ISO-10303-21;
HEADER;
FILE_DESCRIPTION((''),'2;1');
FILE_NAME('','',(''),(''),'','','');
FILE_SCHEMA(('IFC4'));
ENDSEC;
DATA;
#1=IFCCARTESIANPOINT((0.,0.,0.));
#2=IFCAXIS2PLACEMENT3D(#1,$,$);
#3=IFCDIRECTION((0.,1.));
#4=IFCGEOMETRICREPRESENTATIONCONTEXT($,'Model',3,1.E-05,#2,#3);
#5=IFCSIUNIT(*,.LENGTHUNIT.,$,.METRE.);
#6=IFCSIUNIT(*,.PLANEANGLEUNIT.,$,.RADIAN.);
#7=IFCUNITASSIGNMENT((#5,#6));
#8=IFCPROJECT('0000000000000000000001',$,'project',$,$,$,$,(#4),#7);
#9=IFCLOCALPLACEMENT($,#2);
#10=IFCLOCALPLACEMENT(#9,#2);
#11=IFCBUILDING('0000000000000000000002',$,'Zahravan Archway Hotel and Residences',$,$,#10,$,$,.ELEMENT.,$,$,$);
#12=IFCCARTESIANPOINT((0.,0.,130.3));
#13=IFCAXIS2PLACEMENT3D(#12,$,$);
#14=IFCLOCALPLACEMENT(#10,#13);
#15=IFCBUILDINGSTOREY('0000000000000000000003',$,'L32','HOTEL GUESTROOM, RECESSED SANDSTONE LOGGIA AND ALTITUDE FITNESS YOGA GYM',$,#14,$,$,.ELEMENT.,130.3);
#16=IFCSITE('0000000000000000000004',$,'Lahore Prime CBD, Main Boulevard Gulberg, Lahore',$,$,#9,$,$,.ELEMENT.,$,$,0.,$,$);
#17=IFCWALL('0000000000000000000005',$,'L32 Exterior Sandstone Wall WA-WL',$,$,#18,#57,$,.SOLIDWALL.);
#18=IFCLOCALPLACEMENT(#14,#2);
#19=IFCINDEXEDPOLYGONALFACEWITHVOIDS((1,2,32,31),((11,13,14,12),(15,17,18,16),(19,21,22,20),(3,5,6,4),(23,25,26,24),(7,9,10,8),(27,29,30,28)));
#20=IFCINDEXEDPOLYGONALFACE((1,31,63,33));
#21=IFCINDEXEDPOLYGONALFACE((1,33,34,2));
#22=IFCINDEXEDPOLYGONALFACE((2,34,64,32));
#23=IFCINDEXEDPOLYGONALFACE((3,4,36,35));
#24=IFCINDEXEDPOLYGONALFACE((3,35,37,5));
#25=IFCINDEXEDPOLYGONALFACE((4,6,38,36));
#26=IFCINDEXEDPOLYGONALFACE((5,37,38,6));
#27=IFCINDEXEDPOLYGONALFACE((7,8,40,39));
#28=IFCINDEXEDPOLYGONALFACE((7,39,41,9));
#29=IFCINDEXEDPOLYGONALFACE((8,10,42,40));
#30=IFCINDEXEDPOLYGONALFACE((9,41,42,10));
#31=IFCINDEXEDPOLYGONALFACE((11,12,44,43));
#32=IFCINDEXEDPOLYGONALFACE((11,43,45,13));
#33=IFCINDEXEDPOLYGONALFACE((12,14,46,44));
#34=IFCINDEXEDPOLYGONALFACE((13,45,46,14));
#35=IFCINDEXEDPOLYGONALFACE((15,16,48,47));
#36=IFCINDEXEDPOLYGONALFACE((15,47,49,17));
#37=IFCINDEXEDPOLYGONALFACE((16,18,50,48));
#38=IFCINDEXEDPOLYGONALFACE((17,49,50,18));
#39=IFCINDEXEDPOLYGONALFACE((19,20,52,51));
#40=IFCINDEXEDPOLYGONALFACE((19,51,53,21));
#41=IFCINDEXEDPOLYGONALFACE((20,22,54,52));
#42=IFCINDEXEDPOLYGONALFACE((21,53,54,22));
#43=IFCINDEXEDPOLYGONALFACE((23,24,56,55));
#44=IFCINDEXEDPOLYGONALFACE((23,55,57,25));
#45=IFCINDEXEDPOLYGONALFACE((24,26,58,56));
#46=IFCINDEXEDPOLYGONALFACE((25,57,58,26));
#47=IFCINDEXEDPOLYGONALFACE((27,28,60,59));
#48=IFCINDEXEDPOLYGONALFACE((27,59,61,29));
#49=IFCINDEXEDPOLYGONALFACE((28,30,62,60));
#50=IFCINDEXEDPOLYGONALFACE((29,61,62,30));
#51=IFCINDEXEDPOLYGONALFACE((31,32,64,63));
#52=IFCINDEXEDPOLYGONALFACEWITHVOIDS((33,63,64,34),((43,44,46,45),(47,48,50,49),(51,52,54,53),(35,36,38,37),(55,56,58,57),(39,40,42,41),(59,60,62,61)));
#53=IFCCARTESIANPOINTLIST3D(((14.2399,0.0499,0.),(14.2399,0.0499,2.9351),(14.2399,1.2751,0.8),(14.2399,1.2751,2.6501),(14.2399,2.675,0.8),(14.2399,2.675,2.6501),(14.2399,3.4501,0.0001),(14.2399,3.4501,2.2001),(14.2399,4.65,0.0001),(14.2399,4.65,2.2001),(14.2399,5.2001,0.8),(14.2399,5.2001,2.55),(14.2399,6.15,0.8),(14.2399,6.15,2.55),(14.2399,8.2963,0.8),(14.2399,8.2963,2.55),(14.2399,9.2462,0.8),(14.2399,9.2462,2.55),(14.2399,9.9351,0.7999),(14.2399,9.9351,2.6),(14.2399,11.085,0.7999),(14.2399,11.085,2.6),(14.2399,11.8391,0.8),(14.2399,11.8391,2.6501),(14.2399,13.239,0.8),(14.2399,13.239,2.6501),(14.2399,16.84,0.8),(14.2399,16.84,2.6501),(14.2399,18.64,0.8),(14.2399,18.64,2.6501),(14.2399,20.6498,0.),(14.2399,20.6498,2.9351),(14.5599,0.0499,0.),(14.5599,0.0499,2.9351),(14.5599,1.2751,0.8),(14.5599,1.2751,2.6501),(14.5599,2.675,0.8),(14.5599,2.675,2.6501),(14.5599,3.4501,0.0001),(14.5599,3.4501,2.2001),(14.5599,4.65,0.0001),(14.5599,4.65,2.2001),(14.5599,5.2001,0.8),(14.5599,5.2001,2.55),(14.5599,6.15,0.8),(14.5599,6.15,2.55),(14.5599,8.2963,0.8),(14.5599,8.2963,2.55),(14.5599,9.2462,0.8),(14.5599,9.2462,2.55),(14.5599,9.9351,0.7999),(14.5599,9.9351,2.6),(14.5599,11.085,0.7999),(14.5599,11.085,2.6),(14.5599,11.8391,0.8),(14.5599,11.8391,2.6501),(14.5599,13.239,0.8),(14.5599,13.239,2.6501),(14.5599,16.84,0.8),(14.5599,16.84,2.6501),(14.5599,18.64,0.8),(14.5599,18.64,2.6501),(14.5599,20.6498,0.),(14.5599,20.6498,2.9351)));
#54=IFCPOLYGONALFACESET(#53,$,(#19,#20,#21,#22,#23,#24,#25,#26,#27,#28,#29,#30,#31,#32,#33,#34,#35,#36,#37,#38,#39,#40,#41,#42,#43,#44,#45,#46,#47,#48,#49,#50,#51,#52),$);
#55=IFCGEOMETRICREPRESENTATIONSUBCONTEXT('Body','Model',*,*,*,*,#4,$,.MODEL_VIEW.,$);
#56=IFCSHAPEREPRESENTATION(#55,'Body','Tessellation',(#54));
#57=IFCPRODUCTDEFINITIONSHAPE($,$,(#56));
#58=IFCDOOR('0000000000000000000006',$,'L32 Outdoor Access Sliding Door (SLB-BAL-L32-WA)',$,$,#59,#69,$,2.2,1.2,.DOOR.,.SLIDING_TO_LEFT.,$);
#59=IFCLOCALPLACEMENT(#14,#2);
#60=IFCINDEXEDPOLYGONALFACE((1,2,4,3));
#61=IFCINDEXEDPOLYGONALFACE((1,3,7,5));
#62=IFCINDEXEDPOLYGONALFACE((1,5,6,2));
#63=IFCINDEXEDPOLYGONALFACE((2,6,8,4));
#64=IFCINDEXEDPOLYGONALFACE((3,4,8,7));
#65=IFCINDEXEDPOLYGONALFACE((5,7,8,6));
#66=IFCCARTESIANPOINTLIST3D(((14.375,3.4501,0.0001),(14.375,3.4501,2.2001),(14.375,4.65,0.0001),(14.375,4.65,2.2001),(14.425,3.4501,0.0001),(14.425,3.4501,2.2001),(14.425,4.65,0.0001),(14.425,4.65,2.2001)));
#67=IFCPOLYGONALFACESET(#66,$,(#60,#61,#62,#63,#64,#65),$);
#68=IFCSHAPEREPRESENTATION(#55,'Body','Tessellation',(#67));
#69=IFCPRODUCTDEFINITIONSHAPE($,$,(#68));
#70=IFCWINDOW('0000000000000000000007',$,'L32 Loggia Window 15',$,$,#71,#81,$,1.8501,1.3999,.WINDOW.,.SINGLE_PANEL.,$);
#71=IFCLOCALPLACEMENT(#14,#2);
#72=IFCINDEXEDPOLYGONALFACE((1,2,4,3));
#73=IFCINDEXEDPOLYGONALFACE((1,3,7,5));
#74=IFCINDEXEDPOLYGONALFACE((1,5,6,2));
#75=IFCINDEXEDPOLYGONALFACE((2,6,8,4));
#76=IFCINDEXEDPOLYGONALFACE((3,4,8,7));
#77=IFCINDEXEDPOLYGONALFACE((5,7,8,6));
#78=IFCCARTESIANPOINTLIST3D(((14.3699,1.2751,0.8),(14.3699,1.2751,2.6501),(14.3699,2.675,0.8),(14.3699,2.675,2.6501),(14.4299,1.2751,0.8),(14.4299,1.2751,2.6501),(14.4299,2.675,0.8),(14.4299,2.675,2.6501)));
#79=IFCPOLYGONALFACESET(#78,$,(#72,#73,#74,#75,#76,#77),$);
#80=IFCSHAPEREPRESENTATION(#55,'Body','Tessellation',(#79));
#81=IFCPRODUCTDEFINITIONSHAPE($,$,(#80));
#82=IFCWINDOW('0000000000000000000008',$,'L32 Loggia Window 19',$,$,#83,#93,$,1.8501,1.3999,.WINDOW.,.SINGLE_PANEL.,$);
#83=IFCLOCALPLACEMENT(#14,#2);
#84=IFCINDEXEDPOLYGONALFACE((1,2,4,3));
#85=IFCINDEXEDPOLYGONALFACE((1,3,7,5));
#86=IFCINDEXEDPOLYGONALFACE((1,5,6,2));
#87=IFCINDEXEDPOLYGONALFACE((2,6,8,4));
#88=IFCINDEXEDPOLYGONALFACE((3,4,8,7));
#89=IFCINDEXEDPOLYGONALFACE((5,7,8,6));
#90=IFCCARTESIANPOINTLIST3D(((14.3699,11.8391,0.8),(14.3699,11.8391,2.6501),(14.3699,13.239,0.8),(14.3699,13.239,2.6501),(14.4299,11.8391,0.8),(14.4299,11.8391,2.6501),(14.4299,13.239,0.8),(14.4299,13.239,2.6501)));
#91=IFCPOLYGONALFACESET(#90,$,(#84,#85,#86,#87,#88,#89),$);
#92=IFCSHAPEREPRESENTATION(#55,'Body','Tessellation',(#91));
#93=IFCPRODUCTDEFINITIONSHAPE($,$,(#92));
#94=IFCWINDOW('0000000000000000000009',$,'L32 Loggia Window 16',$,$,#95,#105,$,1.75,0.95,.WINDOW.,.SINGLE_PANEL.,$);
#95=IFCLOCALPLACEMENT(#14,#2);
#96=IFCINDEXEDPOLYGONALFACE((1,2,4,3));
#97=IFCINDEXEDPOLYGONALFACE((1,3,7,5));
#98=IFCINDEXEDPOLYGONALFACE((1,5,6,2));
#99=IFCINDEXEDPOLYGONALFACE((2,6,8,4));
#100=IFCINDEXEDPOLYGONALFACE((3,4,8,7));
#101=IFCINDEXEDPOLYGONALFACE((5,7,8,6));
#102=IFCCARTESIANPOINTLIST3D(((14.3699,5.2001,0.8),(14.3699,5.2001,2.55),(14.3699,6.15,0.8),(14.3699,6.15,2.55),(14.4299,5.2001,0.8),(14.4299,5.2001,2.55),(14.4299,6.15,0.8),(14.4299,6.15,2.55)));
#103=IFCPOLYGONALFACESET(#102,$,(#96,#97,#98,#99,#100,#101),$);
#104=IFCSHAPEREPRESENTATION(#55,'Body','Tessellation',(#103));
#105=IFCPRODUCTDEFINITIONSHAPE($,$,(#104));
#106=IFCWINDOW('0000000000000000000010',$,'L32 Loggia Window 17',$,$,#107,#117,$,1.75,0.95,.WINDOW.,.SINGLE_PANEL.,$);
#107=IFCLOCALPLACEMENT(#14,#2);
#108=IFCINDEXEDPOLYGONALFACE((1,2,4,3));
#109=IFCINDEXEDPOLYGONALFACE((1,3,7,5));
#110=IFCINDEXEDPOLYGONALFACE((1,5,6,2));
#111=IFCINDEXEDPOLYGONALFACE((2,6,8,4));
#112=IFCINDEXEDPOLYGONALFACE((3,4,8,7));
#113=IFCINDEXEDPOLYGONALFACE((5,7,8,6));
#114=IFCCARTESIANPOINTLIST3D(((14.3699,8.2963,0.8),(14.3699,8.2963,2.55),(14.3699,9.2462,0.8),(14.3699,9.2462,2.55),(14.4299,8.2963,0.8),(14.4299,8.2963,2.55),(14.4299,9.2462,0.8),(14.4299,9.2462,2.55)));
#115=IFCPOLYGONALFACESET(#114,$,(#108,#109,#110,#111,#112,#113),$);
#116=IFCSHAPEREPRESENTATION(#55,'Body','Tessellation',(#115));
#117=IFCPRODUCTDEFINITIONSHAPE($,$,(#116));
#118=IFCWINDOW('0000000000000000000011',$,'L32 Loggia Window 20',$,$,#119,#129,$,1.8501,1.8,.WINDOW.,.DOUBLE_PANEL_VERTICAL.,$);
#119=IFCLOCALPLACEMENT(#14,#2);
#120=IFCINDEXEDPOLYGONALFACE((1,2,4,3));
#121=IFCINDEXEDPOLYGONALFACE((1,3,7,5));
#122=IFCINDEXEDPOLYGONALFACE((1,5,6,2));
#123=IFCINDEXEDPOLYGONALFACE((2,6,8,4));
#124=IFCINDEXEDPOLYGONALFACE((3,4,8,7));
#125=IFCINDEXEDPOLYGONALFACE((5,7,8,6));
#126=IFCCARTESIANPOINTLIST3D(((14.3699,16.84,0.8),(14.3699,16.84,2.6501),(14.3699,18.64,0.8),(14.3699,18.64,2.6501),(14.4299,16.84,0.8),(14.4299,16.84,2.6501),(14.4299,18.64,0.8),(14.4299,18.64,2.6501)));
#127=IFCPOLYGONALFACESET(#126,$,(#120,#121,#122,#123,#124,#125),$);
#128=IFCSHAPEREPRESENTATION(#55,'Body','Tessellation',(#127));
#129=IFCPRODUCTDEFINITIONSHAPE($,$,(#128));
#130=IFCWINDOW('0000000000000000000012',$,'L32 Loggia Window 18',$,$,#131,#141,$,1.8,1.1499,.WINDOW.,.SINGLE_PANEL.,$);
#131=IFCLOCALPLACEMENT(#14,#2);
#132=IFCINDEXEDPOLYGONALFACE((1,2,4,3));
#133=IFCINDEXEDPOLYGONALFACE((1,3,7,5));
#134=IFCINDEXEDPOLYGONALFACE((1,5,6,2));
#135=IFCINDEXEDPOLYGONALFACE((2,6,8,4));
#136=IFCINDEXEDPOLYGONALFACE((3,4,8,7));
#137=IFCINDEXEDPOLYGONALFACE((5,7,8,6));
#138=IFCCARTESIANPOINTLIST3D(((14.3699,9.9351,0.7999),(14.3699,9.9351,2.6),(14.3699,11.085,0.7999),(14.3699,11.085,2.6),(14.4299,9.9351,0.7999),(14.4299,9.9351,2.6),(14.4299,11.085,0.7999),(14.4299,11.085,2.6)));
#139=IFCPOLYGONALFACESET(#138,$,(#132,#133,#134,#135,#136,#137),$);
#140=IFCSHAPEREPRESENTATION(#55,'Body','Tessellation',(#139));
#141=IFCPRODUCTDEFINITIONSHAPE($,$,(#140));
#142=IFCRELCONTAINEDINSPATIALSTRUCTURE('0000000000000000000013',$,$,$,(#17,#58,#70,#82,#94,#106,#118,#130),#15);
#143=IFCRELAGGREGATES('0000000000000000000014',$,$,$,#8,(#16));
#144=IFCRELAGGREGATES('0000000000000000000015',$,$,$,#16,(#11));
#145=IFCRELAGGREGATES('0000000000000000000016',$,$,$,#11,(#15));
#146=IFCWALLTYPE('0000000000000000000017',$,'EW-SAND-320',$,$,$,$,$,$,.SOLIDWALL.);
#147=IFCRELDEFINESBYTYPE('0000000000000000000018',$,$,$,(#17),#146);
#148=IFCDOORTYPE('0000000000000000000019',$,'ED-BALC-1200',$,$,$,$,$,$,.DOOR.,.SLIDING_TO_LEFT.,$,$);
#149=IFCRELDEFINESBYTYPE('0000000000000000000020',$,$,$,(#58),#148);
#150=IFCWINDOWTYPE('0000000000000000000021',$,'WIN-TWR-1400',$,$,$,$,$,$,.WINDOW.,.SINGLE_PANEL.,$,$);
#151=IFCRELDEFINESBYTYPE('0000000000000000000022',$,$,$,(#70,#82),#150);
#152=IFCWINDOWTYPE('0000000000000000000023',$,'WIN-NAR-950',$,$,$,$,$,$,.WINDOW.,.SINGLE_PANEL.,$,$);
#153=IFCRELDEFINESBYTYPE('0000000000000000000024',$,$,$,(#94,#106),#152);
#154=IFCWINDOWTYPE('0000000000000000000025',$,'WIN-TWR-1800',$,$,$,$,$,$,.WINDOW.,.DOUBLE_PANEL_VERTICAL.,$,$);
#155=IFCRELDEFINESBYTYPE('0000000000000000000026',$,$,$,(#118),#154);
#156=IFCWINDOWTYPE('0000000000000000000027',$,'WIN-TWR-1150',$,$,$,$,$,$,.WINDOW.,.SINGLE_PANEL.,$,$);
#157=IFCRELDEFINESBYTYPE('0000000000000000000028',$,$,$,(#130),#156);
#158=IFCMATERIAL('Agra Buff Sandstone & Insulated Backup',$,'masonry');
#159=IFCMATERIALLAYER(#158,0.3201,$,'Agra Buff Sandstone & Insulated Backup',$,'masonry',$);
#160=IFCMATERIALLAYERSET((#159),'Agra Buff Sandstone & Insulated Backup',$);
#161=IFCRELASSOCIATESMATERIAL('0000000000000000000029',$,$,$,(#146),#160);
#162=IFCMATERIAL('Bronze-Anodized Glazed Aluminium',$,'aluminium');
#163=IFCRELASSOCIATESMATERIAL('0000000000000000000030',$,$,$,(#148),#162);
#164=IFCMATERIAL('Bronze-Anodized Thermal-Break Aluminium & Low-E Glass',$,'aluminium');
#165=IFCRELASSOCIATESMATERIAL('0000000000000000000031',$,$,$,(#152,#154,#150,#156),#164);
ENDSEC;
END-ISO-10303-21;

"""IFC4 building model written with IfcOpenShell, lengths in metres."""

from ifc_helpers import new_model, si_unit, direction, frame, frame_2d, origin, place, context, subcontext, project, spatial, rectangle, extrude, source, transform, mapped, material, layer, layer_set, type_object, type_shapes, element, fill, save


model = new_model("IFC4")

# Units and contexts
model_context = context("Model", 3, precision=1e-05, world=origin(), true_north=direction((0.0, 1.0)))
body_context = subcontext(model_context, "Body", "Model", "MODEL_VIEW")
ifc_project = project(units=[si_unit("LENGTHUNIT", "METRE"), si_unit("PLANEANGLEUNIT", "RADIAN")], contexts=[model_context])

# Site, building, storey
site_placement = place(None, origin())
site = spatial("IfcSite", under=ifc_project, at=site_placement, Name="Lahore Prime CBD, Main Boulevard Gulberg, Lahore", CompositionType="ELEMENT", RefElevation=0.0)
building_placement = place(site_placement, origin())
building = spatial("IfcBuilding", under=site, at=building_placement, Name="Zahravan Archway Hotel and Residences", CompositionType="ELEMENT")
storey_placement = place(building_placement, frame((0.0, 0.0, 130.3)))
storey = spatial("IfcBuildingStorey", under=building, at=storey_placement, Name="L32", Description="HOTEL GUESTROOM, RECESSED SANDSTONE LOGGIA AND ALTITUDE FITNESS YOGA GYM", CompositionType="ELEMENT", Elevation=130.3)

# Wall, openings, door, windows
ifc_material_1 = material(Name="Agra Buff Sandstone & Insulated Backup", Category="masonry")
ifc_layer = layer(ifc_material_1, 0.3201, Name="Agra Buff Sandstone & Insulated Backup", Category="masonry")
ifc_layer_set = layer_set([ifc_layer], Name="Agra Buff Sandstone & Insulated Backup")
wall_type = type_object("IfcWallType", Name="EW-SAND-320", PredefinedType="SOLIDWALL", material=ifc_layer_set)
ifc_material_2 = material(Name="Bronze-Anodized Glazed Aluminium", Category="aluminium")
door_type = type_object("IfcDoorType", Name="ED-BALC-1200", OperationType="SLIDING_TO_LEFT", PredefinedType="DOOR", material=ifc_material_2)
shared_shape_1 = source(origin(), body_context, "Body", "SweptSolid", [
    extrude(rectangle(XDim=1.2, YDim=2.2, at=frame_2d((0.6001, 1.1001))), frame((0.0, 0.0249, 0.0), z_axis=(0.0, -1.0, 0.0), x_axis=(1.0, 0.0, 0.0)), (0.0, 0.0, 1.0), 0.05),
])
type_shapes(door_type, [shared_shape_1])
ifc_material_3 = material(Name="Bronze-Anodized Thermal-Break Aluminium & Low-E Glass", Category="aluminium")
window_type_1 = type_object("IfcWindowType", Name="WIN-NAR-950", PartitioningType="SINGLE_PANEL", PredefinedType="WINDOW", material=ifc_material_3)
shared_shape_2 = source(origin(), body_context, "Body", "SweptSolid", [
    extrude(rectangle(XDim=0.95, YDim=1.75, at=frame_2d((0.4751, 0.875))), frame((0.0, 0.03, 0.0), z_axis=(0.0, -1.0, 0.0), x_axis=(1.0, 0.0, 0.0)), (0.0, 0.0, 1.0), 0.0601),
])
type_shapes(window_type_1, [shared_shape_2])
window_type_2 = type_object("IfcWindowType", Name="WIN-TWR-1800", PartitioningType="DOUBLE_PANEL_VERTICAL", PredefinedType="WINDOW", material=ifc_material_3)
shared_shape_3 = source(origin(), body_context, "Body", "SweptSolid", [
    extrude(rectangle(XDim=1.8, YDim=1.8501, at=frame_2d((0.8999, 0.925))), frame((0.0, 0.03, 0.0), z_axis=(0.0, -1.0, 0.0), x_axis=(1.0, 0.0, 0.0)), (0.0, 0.0, 1.0), 0.0601),
])
type_shapes(window_type_2, [shared_shape_3])
wall_1_placement = place(storey_placement, frame((14.3999, 0.05, 0.0), z_axis=(0.0, 0.0, 1.0), x_axis=(0.0, 1.0, 0.0)))
wall_1 = element("IfcWall", 1, at=wall_1_placement, inside=storey, type_object=wall_type, Name="L32 Exterior Sandstone Wall WA-WL", PredefinedType="SOLIDWALL", context=body_context, shape_type="SweptSolid", body=[
    extrude(rectangle(XDim=20.5999, YDim=0.3201, at=frame_2d((10.2998, 0.0))), origin(), (0.0, 0.0, 1.0), 2.9351),
])
opening_1_placement = place(wall_1_placement, frame((3.3999, 0.0, 0.0)))
opening_1 = element("IfcOpeningElement", 2, at=opening_1_placement, cuts=wall_1, PredefinedType="OPENING", context=body_context, shape_type="SweptSolid", body=[
    extrude(rectangle(XDim=1.2, YDim=2.2, at=frame_2d((0.6001, 1.1001))), frame((0.0, 0.1699, 0.0), z_axis=(0.0, -1.0, 0.0), x_axis=(1.0, 0.0, 0.0)), (0.0, 0.0, 1.0), 0.3401),
])
opening_2_placement = place(wall_1_placement, frame((1.2251, 0.0, 0.8)))
opening_2 = element("IfcOpeningElement", 3, at=opening_2_placement, cuts=wall_1, PredefinedType="OPENING", context=body_context, shape_type="SweptSolid", body=[
    extrude(rectangle(XDim=1.3999, YDim=1.8501, at=frame_2d((0.7, 0.925))), frame((0.0, 0.1699, 0.0), z_axis=(0.0, -1.0, 0.0), x_axis=(1.0, 0.0, 0.0)), (0.0, 0.0, 1.0), 0.3401),
])
opening_3_placement = place(wall_1_placement, frame((5.1499, 0.0, 0.8)))
opening_3 = element("IfcOpeningElement", 4, at=opening_3_placement, cuts=wall_1, PredefinedType="OPENING", context=body_context, shape_type="SweptSolid", body=[
    extrude(rectangle(XDim=0.95, YDim=1.75, at=frame_2d((0.4751, 0.875))), frame((0.0, 0.1699, 0.0), z_axis=(0.0, -1.0, 0.0), x_axis=(1.0, 0.0, 0.0)), (0.0, 0.0, 1.0), 0.3401),
])
opening_4_placement = place(wall_1_placement, frame((8.2461, 0.0, 0.8)))
opening_4 = element("IfcOpeningElement", 5, at=opening_4_placement, cuts=wall_1, PredefinedType="OPENING", context=body_context, shape_type="SweptSolid", body=[
    extrude(rectangle(XDim=0.95, YDim=1.75, at=frame_2d((0.4751, 0.875))), frame((0.0, 0.1699, 0.0), z_axis=(0.0, -1.0, 0.0), x_axis=(1.0, 0.0, 0.0)), (0.0, 0.0, 1.0), 0.3401),
])
opening_5_placement = place(wall_1_placement, frame((9.885, 0.0, 0.8)))
opening_5 = element("IfcOpeningElement", 6, at=opening_5_placement, cuts=wall_1, PredefinedType="OPENING", context=body_context, shape_type="SweptSolid", body=[
    extrude(rectangle(XDim=1.1499, YDim=1.8, at=frame_2d((0.575, 0.8999))), frame((0.0, 0.1699, 0.0), z_axis=(0.0, -1.0, 0.0), x_axis=(1.0, 0.0, 0.0)), (0.0, 0.0, 1.0), 0.3401),
])
opening_6_placement = place(wall_1_placement, frame((11.7891, 0.0, 0.8)))
opening_6 = element("IfcOpeningElement", 7, at=opening_6_placement, cuts=wall_1, PredefinedType="OPENING", context=body_context, shape_type="SweptSolid", body=[
    extrude(rectangle(XDim=1.3999, YDim=1.8501, at=frame_2d((0.7, 0.925))), frame((0.0, 0.1699, 0.0), z_axis=(0.0, -1.0, 0.0), x_axis=(1.0, 0.0, 0.0)), (0.0, 0.0, 1.0), 0.3401),
])
opening_7_placement = place(wall_1_placement, frame((16.79, 0.0, 0.8)))
opening_7 = element("IfcOpeningElement", 8, at=opening_7_placement, cuts=wall_1, PredefinedType="OPENING", context=body_context, shape_type="SweptSolid", body=[
    extrude(rectangle(XDim=1.8, YDim=1.8501, at=frame_2d((0.8999, 0.925))), frame((0.0, 0.1699, 0.0), z_axis=(0.0, -1.0, 0.0), x_axis=(1.0, 0.0, 0.0)), (0.0, 0.0, 1.0), 0.3401),
])
door_1_placement = place(opening_1_placement, origin())
door_1 = element("IfcDoor", 9, at=door_1_placement, inside=storey, type_object=door_type, Name="L32 Outdoor Access Sliding Door (SLB-BAL-L32-WA)", OperationType="SLIDING_TO_LEFT", OverallHeight=2.2, OverallWidth=1.2, PredefinedType="DOOR", context=body_context, shape_type="MappedRepresentation", body=[
    mapped(shared_shape_1, transform((0.0, 0.0, 0.0), scale=1.0)),
])
fill(opening_1, door_1)
window_type_3 = type_object("IfcWindowType", Name="WIN-TWR-1400", PartitioningType="SINGLE_PANEL", PredefinedType="WINDOW", material=ifc_material_3)
shared_shape_4 = source(origin(), body_context, "Body", "SweptSolid", [
    extrude(rectangle(XDim=1.3999, YDim=1.8501, at=frame_2d((0.7, 0.925))), frame((0.0, 0.03, 0.0), z_axis=(0.0, -1.0, 0.0), x_axis=(1.0, 0.0, 0.0)), (0.0, 0.0, 1.0), 0.0601),
])
type_shapes(window_type_3, [shared_shape_4])
window_1_placement = place(opening_2_placement, origin())
window_1 = element("IfcWindow", 10, at=window_1_placement, inside=storey, type_object=window_type_3, Name="L32 Loggia Window 15", OverallHeight=1.8501, OverallWidth=1.3999, PartitioningType="SINGLE_PANEL", PredefinedType="WINDOW", context=body_context, shape_type="MappedRepresentation", body=[
    mapped(shared_shape_4, transform((0.0, 0.0, 0.0), scale=1.0)),
])
fill(opening_2, window_1)
window_2_placement = place(opening_6_placement, origin())
window_2 = element("IfcWindow", 11, at=window_2_placement, inside=storey, type_object=window_type_3, Name="L32 Loggia Window 19", OverallHeight=1.8501, OverallWidth=1.3999, PartitioningType="SINGLE_PANEL", PredefinedType="WINDOW", context=body_context, shape_type="MappedRepresentation", body=[
    mapped(shared_shape_4, transform((0.0, 0.0, 0.0), scale=1.0)),
])
fill(opening_6, window_2)
window_3_placement = place(opening_3_placement, origin())
window_3 = element("IfcWindow", 12, at=window_3_placement, inside=storey, type_object=window_type_1, Name="L32 Loggia Window 16", OverallHeight=1.75, OverallWidth=0.95, PartitioningType="SINGLE_PANEL", PredefinedType="WINDOW", context=body_context, shape_type="MappedRepresentation", body=[
    mapped(shared_shape_2, transform((0.0, 0.0, 0.0), scale=1.0)),
])
fill(opening_3, window_3)
window_4_placement = place(opening_4_placement, origin())
window_4 = element("IfcWindow", 13, at=window_4_placement, inside=storey, type_object=window_type_1, Name="L32 Loggia Window 17", OverallHeight=1.75, OverallWidth=0.95, PartitioningType="SINGLE_PANEL", PredefinedType="WINDOW", context=body_context, shape_type="MappedRepresentation", body=[
    mapped(shared_shape_2, transform((0.0, 0.0, 0.0), scale=1.0)),
])
fill(opening_4, window_4)
window_5_placement = place(opening_7_placement, origin())
window_5 = element("IfcWindow", 14, at=window_5_placement, inside=storey, type_object=window_type_2, Name="L32 Loggia Window 20", OverallHeight=1.8501, OverallWidth=1.8, PartitioningType="DOUBLE_PANEL_VERTICAL", PredefinedType="WINDOW", context=body_context, shape_type="MappedRepresentation", body=[
    mapped(shared_shape_3, transform((0.0, 0.0, 0.0), scale=1.0)),
])
fill(opening_7, window_5)
window_type_4 = type_object("IfcWindowType", Name="WIN-TWR-1150", PartitioningType="SINGLE_PANEL", PredefinedType="WINDOW", material=ifc_material_3)
shared_shape_5 = source(origin(), body_context, "Body", "SweptSolid", [
    extrude(rectangle(XDim=1.1499, YDim=1.8, at=frame_2d((0.575, 0.8999))), frame((0.0, 0.03, 0.0), z_axis=(0.0, -1.0, 0.0), x_axis=(1.0, 0.0, 0.0)), (0.0, 0.0, 1.0), 0.0601),
])
type_shapes(window_type_4, [shared_shape_5])
window_6_placement = place(opening_5_placement, origin())
window_6 = element("IfcWindow", 15, at=window_6_placement, inside=storey, type_object=window_type_4, Name="L32 Loggia Window 18", OverallHeight=1.8, OverallWidth=1.1499, PartitioningType="SINGLE_PANEL", PredefinedType="WINDOW", context=body_context, shape_type="MappedRepresentation", body=[
    mapped(shared_shape_5, transform((0.0, 0.0, 0.0), scale=1.0)),
])
fill(opening_5, window_6)

save(model, "model.ifc")
